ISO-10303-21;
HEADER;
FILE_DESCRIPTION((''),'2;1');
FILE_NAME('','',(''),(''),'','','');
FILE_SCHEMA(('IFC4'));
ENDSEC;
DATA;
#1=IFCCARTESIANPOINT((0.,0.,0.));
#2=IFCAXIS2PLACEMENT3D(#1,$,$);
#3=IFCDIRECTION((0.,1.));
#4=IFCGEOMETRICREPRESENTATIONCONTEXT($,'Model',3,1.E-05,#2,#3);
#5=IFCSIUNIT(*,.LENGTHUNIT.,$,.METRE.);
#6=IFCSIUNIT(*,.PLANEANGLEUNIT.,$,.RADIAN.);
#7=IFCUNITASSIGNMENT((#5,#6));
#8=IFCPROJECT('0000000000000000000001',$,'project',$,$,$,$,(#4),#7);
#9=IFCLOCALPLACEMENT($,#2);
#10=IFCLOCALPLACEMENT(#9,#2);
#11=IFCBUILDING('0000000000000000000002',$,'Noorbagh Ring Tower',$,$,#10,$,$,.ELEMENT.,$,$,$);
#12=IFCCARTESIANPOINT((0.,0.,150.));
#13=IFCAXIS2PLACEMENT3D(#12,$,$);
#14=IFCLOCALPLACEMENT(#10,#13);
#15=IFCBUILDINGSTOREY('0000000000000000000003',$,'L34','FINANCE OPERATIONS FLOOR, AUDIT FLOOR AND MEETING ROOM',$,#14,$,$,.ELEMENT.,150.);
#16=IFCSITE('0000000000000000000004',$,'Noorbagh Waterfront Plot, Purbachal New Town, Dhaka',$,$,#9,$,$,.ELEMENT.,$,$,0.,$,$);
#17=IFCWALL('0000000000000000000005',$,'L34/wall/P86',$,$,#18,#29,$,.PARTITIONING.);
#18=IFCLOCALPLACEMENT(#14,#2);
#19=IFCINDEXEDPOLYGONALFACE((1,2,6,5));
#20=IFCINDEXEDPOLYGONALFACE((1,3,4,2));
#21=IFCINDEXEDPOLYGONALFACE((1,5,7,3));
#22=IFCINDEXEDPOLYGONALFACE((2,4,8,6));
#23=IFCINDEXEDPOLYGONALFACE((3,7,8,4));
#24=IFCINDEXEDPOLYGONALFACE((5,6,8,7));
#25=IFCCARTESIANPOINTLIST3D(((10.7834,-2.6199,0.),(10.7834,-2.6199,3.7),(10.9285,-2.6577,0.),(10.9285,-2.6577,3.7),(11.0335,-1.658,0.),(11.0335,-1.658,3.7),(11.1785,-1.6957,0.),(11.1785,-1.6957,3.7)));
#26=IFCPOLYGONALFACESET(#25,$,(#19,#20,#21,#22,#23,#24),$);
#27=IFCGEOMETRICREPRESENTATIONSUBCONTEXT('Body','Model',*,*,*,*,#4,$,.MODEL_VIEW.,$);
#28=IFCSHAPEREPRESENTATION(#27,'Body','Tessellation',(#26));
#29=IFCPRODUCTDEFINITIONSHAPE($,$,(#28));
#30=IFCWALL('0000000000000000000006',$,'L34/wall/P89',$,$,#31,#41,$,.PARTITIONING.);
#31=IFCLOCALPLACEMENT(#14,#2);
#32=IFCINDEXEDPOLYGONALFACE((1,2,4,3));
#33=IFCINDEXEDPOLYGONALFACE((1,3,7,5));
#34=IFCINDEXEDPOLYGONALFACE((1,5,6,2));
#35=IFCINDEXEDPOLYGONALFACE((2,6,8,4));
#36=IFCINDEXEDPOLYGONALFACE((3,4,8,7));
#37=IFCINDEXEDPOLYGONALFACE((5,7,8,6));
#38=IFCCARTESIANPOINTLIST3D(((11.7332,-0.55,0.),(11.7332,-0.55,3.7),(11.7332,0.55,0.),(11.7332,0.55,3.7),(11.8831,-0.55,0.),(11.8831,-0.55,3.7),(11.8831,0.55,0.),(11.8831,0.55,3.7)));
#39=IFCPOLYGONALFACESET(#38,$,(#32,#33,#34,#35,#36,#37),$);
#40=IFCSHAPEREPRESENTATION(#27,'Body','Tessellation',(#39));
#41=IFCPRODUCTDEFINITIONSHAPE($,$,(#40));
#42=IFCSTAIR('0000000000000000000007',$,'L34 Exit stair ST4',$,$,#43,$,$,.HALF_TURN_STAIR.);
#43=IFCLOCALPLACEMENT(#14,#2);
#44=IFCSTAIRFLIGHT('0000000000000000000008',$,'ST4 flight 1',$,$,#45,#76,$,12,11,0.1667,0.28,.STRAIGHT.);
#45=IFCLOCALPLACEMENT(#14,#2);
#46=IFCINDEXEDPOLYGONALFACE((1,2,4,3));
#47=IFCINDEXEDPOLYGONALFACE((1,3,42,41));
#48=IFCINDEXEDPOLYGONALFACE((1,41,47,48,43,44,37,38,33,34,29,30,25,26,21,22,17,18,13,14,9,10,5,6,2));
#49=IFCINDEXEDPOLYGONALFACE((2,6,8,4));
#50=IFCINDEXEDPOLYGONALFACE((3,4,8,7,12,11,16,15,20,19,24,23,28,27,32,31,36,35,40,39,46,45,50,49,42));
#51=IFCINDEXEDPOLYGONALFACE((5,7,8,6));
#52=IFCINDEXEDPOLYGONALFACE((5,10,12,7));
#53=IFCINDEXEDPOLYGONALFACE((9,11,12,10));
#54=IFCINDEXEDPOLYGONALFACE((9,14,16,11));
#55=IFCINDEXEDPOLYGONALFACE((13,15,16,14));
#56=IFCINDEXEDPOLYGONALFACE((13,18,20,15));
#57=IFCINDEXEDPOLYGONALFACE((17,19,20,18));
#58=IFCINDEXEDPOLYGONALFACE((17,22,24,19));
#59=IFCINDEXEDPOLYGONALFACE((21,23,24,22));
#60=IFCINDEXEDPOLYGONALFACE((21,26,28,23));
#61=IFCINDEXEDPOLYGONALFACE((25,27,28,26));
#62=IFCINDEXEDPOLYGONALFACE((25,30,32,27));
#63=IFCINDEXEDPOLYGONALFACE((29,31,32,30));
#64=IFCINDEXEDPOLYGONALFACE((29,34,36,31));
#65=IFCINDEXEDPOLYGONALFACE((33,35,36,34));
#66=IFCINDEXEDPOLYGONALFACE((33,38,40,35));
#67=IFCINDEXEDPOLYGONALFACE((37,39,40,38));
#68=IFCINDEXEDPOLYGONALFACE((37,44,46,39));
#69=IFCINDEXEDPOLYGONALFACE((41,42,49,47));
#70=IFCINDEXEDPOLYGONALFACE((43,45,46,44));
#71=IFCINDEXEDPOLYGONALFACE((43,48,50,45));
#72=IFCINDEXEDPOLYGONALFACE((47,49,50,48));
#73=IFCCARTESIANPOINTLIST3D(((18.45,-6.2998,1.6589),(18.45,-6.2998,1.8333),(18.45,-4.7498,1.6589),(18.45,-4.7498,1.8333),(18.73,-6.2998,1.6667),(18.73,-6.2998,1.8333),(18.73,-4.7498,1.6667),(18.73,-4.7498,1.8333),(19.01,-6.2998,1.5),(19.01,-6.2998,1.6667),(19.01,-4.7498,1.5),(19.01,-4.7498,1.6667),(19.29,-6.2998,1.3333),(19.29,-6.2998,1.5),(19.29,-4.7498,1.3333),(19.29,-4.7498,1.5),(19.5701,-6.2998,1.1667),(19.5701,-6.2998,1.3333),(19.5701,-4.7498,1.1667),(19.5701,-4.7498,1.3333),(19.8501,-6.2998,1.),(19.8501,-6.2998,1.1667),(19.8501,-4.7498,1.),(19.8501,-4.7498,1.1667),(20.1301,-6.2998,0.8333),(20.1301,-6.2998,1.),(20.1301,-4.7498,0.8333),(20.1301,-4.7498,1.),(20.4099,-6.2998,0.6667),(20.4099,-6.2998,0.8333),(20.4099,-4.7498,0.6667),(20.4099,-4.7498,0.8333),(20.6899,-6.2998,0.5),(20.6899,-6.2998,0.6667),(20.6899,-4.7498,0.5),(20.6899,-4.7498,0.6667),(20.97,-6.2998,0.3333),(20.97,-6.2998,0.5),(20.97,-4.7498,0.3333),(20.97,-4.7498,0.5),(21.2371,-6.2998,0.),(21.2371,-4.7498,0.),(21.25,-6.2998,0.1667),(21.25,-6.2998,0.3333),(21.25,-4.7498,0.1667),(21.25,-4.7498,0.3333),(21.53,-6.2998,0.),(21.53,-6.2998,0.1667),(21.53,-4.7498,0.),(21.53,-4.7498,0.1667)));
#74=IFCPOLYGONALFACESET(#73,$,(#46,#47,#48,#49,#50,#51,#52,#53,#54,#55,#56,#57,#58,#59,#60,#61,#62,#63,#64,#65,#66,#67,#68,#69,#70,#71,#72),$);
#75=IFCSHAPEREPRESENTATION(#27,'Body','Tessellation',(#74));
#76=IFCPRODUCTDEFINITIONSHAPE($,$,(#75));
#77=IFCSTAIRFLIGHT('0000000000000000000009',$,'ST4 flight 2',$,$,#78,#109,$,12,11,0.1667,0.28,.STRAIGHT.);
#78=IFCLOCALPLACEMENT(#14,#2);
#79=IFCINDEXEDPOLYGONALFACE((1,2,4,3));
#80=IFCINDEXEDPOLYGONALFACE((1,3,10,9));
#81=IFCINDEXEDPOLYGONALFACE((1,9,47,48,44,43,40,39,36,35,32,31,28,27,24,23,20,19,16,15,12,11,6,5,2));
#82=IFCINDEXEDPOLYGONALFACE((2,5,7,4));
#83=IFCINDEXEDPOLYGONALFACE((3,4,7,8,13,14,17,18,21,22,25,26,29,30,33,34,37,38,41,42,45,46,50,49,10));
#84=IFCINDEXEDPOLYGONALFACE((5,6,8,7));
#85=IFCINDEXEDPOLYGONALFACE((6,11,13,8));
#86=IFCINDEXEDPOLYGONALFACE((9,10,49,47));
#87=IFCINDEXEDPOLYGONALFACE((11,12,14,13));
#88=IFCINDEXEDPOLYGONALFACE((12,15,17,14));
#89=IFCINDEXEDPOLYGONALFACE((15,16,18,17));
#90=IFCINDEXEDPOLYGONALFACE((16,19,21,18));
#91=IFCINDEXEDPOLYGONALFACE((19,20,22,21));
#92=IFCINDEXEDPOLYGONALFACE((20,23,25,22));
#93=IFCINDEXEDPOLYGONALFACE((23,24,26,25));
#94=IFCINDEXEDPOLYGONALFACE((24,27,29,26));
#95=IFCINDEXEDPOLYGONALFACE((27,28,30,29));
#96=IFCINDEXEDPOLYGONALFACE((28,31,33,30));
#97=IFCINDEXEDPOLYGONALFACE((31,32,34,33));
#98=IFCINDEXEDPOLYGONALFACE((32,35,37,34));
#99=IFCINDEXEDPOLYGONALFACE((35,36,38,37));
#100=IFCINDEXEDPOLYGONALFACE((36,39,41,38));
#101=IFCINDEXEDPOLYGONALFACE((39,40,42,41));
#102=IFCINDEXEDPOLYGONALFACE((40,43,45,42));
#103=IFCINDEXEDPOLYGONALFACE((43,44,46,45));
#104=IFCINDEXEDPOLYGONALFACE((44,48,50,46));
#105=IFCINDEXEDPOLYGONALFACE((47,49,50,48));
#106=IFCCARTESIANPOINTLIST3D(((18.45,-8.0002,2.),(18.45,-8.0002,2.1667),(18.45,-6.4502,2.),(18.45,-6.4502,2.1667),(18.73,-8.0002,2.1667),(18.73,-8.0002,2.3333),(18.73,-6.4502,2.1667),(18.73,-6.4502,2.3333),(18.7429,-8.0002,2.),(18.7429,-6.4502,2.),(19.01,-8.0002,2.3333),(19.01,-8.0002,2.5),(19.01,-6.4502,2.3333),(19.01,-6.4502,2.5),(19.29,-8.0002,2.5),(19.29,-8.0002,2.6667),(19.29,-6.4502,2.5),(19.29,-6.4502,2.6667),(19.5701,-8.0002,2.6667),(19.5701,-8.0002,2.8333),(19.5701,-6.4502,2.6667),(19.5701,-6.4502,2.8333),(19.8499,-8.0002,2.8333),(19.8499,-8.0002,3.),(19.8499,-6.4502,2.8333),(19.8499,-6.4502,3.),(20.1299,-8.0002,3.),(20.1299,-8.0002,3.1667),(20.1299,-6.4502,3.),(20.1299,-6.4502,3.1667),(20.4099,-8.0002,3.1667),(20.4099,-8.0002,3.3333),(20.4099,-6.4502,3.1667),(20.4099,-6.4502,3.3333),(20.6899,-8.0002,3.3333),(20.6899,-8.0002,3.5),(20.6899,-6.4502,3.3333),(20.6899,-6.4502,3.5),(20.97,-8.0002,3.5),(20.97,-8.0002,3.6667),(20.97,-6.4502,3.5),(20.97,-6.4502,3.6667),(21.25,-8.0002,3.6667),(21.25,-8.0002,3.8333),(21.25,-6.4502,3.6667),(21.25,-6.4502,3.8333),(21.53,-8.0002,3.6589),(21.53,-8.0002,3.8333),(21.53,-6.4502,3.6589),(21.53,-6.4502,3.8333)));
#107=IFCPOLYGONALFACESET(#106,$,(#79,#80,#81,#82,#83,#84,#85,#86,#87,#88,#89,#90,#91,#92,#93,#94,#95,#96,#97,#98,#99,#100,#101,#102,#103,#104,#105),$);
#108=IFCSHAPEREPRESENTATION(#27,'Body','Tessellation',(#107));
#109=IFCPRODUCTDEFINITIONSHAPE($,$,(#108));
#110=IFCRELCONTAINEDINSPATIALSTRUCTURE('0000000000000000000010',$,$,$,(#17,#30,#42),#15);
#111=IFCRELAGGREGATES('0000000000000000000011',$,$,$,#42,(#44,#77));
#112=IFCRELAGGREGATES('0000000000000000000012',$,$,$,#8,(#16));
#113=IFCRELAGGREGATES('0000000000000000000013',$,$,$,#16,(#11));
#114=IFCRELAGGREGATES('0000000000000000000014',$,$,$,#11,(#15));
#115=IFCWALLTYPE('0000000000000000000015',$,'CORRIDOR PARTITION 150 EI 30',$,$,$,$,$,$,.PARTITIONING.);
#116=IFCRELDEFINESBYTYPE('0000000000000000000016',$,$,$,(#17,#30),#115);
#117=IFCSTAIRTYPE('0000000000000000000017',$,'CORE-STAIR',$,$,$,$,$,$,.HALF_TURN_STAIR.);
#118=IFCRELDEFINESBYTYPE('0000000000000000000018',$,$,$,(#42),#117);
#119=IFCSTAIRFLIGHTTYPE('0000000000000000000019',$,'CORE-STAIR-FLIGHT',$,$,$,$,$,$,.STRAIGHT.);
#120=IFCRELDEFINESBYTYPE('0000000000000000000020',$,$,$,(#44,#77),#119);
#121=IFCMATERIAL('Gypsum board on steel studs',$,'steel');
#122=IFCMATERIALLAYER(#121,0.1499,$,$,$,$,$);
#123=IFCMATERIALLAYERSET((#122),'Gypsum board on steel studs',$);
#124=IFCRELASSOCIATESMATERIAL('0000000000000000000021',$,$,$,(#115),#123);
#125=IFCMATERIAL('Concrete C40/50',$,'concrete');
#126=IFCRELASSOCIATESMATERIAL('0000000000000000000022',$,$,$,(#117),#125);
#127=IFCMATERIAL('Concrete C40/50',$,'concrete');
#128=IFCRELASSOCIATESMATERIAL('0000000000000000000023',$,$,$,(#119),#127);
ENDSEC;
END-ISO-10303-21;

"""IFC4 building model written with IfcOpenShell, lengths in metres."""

from ifc_helpers import new_model, si_unit, direction, frame, frame_2d, origin, place, context, subcontext, project, spatial, polyline, rectangle, outline, extrude, material, layer, layer_set, type_object, element, aggregate, save


model = new_model("IFC4")

# Units and contexts
model_context = context("Model", 3, precision=1e-05, world=origin(), true_north=direction((0.0, 1.0)))
body_context = subcontext(model_context, "Body", "Model", "MODEL_VIEW")
ifc_project = project(units=[si_unit("LENGTHUNIT", "METRE"), si_unit("PLANEANGLEUNIT", "RADIAN")], contexts=[model_context])

# Site, building, storey
site_placement = place(None, origin())
site = spatial("IfcSite", under=ifc_project, at=site_placement, Name="Noorbagh Waterfront Plot, Purbachal New Town, Dhaka", CompositionType="ELEMENT", RefElevation=0.0)
building_placement = place(site_placement, origin())
building = spatial("IfcBuilding", under=site, at=building_placement, Name="Noorbagh Ring Tower", CompositionType="ELEMENT")
storey_placement = place(building_placement, frame((0.0, 0.0, 150.0)))
storey = spatial("IfcBuildingStorey", under=building, at=storey_placement, Name="L34", Description="FINANCE OPERATIONS FLOOR, AUDIT FLOOR AND MEETING ROOM", CompositionType="ELEMENT", Elevation=150.0)

# Shared definitions
ifc_material_1 = material(Name="Gypsum board on steel studs", Category="steel")
ifc_layer_1 = layer(ifc_material_1, 0.1499)
ifc_layer_set_1 = layer_set([ifc_layer_1], Name="Gypsum board on steel studs")
wall_type_1 = type_object("IfcWallType", Name="CORRIDOR PARTITION 150 EI 30", PredefinedType="PARTITIONING", material=ifc_layer_set_1)

# Walls
wall_1_placement = place(storey_placement, frame((10.856, -2.6389, 0.0), z_axis=(0.0, 0.0, 1.0), x_axis=(0.251542, 0.967846, 0.0)))
element("IfcWall", 1, at=wall_1_placement, inside=storey, type_object=wall_type_1, Name="L34/wall/P86", PredefinedType="PARTITIONING", context=body_context, shape_type="SweptSolid", body=[
    extrude(rectangle(XDim=0.9939, YDim=0.1499, at=frame_2d((0.4971, 0.0))), origin(), (0.0, 0.0, 1.0), 3.7),
])
wall_2_placement = place(storey_placement, frame((11.8081, -0.55, 0.0), z_axis=(0.0, 0.0, 1.0), x_axis=(0.0, 1.0, 0.0)))
element("IfcWall", 2, at=wall_2_placement, inside=storey, type_object=wall_type_1, Name="L34/wall/P89", PredefinedType="PARTITIONING", context=body_context, shape_type="SweptSolid", body=[
    extrude(rectangle(XDim=1.1001, YDim=0.1499, at=frame_2d((0.55, 0.0))), origin(), (0.0, 0.0, 1.0), 3.7),
])

# Stair, stair flights
ifc_material_2 = material(Name="Concrete C40/50", Category="concrete")
stair_type = type_object("IfcStairType", Name="CORE-STAIR", PredefinedType="HALF_TURN_STAIR", material=ifc_material_2)
stair_placement = place(storey_placement, origin())
stair = element("IfcStair", 3, at=stair_placement, inside=storey, type_object=stair_type, Name="L34 Exit stair ST4", PredefinedType="HALF_TURN_STAIR")
ifc_material_3 = material(Name="Concrete C40/50", Category="concrete")
stair_flight_type = type_object("IfcStairFlightType", Name="CORE-STAIR-FLIGHT", PredefinedType="STRAIGHT", material=ifc_material_3)
stair_flight_1_placement = place(storey_placement, frame((21.53, -5.5249, 0.0), z_axis=(0.0, 0.0, 1.0), x_axis=(-1.0, 0.0, 0.0)))
stair_flight_1 = element("IfcStairFlight", 4, at=stair_flight_1_placement, type_object=stair_flight_type, Name="ST4 flight 1", NumberOfRisers=12, NumberOfTreads=11, PredefinedType="STRAIGHT", RiserHeight=0.1667, TreadLength=0.28, context=body_context, shape_type="SweptSolid", body=[
    extrude(outline(polyline([(0.0, 0.0), (0.0, 0.1667), (0.28, 0.1667), (0.28, 0.3333), (0.5601, 0.3333), (0.5601, 0.5), (0.8401, 0.5), (0.8401, 0.6667), (1.1201, 0.6667), (1.1201, 0.8333), (1.3999, 0.8333), (1.3999, 1.0), (1.6799, 1.0), (1.6799, 1.1667), (1.96, 1.1667), (1.96, 1.3333), (2.24, 1.3333), (2.24, 1.5), (2.52, 1.5), (2.52, 1.6667), (2.8, 1.6667), (2.8, 1.8333), (3.0801, 1.8333), (3.0801, 2.0), (3.0801, 1.6589), (0.293, 0.0), (0.0, 0.0)])), frame((0.0, 0.7749, 0.0), z_axis=(0.0, -1.0, 0.0), x_axis=(1.0, 0.0, 0.0)), (0.0, 0.0, 1.0), 1.55),
])
stair_flight_2_placement = place(storey_placement, frame((18.45, -7.2251, 2.0), z_axis=(0.0, 0.0, 1.0), x_axis=(1.0, 0.0, 0.0)))
stair_flight_2 = element("IfcStairFlight", 5, at=stair_flight_2_placement, type_object=stair_flight_type, Name="ST4 flight 2", NumberOfRisers=12, NumberOfTreads=11, PredefinedType="STRAIGHT", RiserHeight=0.1667, TreadLength=0.28, context=body_context, shape_type="SweptSolid", body=[
    extrude(outline(polyline([(0.0, 0.0), (0.0, 0.1667), (0.28, 0.1667), (0.28, 0.3333), (0.5601, 0.3333), (0.5601, 0.5), (0.8401, 0.5), (0.8401, 0.6667), (1.1201, 0.6667), (1.1201, 0.8333), (1.3999, 0.8333), (1.3999, 1.0), (1.6799, 1.0), (1.6799, 1.1667), (1.96, 1.1667), (1.96, 1.3333), (2.24, 1.3333), (2.24, 1.5), (2.52, 1.5), (2.52, 1.6667), (2.8, 1.6667), (2.8, 1.8333), (3.0801, 1.8333), (3.0801, 2.0), (3.0801, 1.6589), (0.293, 0.0), (0.0, 0.0)])), frame((0.0, 0.7749, 0.0), z_axis=(0.0, -1.0, 0.0), x_axis=(1.0, 0.0, 0.0)), (0.0, 0.0, 1.0), 1.55),
])
aggregate(stair, [stair_flight_1, stair_flight_2])

save(model, "model.ifc")
